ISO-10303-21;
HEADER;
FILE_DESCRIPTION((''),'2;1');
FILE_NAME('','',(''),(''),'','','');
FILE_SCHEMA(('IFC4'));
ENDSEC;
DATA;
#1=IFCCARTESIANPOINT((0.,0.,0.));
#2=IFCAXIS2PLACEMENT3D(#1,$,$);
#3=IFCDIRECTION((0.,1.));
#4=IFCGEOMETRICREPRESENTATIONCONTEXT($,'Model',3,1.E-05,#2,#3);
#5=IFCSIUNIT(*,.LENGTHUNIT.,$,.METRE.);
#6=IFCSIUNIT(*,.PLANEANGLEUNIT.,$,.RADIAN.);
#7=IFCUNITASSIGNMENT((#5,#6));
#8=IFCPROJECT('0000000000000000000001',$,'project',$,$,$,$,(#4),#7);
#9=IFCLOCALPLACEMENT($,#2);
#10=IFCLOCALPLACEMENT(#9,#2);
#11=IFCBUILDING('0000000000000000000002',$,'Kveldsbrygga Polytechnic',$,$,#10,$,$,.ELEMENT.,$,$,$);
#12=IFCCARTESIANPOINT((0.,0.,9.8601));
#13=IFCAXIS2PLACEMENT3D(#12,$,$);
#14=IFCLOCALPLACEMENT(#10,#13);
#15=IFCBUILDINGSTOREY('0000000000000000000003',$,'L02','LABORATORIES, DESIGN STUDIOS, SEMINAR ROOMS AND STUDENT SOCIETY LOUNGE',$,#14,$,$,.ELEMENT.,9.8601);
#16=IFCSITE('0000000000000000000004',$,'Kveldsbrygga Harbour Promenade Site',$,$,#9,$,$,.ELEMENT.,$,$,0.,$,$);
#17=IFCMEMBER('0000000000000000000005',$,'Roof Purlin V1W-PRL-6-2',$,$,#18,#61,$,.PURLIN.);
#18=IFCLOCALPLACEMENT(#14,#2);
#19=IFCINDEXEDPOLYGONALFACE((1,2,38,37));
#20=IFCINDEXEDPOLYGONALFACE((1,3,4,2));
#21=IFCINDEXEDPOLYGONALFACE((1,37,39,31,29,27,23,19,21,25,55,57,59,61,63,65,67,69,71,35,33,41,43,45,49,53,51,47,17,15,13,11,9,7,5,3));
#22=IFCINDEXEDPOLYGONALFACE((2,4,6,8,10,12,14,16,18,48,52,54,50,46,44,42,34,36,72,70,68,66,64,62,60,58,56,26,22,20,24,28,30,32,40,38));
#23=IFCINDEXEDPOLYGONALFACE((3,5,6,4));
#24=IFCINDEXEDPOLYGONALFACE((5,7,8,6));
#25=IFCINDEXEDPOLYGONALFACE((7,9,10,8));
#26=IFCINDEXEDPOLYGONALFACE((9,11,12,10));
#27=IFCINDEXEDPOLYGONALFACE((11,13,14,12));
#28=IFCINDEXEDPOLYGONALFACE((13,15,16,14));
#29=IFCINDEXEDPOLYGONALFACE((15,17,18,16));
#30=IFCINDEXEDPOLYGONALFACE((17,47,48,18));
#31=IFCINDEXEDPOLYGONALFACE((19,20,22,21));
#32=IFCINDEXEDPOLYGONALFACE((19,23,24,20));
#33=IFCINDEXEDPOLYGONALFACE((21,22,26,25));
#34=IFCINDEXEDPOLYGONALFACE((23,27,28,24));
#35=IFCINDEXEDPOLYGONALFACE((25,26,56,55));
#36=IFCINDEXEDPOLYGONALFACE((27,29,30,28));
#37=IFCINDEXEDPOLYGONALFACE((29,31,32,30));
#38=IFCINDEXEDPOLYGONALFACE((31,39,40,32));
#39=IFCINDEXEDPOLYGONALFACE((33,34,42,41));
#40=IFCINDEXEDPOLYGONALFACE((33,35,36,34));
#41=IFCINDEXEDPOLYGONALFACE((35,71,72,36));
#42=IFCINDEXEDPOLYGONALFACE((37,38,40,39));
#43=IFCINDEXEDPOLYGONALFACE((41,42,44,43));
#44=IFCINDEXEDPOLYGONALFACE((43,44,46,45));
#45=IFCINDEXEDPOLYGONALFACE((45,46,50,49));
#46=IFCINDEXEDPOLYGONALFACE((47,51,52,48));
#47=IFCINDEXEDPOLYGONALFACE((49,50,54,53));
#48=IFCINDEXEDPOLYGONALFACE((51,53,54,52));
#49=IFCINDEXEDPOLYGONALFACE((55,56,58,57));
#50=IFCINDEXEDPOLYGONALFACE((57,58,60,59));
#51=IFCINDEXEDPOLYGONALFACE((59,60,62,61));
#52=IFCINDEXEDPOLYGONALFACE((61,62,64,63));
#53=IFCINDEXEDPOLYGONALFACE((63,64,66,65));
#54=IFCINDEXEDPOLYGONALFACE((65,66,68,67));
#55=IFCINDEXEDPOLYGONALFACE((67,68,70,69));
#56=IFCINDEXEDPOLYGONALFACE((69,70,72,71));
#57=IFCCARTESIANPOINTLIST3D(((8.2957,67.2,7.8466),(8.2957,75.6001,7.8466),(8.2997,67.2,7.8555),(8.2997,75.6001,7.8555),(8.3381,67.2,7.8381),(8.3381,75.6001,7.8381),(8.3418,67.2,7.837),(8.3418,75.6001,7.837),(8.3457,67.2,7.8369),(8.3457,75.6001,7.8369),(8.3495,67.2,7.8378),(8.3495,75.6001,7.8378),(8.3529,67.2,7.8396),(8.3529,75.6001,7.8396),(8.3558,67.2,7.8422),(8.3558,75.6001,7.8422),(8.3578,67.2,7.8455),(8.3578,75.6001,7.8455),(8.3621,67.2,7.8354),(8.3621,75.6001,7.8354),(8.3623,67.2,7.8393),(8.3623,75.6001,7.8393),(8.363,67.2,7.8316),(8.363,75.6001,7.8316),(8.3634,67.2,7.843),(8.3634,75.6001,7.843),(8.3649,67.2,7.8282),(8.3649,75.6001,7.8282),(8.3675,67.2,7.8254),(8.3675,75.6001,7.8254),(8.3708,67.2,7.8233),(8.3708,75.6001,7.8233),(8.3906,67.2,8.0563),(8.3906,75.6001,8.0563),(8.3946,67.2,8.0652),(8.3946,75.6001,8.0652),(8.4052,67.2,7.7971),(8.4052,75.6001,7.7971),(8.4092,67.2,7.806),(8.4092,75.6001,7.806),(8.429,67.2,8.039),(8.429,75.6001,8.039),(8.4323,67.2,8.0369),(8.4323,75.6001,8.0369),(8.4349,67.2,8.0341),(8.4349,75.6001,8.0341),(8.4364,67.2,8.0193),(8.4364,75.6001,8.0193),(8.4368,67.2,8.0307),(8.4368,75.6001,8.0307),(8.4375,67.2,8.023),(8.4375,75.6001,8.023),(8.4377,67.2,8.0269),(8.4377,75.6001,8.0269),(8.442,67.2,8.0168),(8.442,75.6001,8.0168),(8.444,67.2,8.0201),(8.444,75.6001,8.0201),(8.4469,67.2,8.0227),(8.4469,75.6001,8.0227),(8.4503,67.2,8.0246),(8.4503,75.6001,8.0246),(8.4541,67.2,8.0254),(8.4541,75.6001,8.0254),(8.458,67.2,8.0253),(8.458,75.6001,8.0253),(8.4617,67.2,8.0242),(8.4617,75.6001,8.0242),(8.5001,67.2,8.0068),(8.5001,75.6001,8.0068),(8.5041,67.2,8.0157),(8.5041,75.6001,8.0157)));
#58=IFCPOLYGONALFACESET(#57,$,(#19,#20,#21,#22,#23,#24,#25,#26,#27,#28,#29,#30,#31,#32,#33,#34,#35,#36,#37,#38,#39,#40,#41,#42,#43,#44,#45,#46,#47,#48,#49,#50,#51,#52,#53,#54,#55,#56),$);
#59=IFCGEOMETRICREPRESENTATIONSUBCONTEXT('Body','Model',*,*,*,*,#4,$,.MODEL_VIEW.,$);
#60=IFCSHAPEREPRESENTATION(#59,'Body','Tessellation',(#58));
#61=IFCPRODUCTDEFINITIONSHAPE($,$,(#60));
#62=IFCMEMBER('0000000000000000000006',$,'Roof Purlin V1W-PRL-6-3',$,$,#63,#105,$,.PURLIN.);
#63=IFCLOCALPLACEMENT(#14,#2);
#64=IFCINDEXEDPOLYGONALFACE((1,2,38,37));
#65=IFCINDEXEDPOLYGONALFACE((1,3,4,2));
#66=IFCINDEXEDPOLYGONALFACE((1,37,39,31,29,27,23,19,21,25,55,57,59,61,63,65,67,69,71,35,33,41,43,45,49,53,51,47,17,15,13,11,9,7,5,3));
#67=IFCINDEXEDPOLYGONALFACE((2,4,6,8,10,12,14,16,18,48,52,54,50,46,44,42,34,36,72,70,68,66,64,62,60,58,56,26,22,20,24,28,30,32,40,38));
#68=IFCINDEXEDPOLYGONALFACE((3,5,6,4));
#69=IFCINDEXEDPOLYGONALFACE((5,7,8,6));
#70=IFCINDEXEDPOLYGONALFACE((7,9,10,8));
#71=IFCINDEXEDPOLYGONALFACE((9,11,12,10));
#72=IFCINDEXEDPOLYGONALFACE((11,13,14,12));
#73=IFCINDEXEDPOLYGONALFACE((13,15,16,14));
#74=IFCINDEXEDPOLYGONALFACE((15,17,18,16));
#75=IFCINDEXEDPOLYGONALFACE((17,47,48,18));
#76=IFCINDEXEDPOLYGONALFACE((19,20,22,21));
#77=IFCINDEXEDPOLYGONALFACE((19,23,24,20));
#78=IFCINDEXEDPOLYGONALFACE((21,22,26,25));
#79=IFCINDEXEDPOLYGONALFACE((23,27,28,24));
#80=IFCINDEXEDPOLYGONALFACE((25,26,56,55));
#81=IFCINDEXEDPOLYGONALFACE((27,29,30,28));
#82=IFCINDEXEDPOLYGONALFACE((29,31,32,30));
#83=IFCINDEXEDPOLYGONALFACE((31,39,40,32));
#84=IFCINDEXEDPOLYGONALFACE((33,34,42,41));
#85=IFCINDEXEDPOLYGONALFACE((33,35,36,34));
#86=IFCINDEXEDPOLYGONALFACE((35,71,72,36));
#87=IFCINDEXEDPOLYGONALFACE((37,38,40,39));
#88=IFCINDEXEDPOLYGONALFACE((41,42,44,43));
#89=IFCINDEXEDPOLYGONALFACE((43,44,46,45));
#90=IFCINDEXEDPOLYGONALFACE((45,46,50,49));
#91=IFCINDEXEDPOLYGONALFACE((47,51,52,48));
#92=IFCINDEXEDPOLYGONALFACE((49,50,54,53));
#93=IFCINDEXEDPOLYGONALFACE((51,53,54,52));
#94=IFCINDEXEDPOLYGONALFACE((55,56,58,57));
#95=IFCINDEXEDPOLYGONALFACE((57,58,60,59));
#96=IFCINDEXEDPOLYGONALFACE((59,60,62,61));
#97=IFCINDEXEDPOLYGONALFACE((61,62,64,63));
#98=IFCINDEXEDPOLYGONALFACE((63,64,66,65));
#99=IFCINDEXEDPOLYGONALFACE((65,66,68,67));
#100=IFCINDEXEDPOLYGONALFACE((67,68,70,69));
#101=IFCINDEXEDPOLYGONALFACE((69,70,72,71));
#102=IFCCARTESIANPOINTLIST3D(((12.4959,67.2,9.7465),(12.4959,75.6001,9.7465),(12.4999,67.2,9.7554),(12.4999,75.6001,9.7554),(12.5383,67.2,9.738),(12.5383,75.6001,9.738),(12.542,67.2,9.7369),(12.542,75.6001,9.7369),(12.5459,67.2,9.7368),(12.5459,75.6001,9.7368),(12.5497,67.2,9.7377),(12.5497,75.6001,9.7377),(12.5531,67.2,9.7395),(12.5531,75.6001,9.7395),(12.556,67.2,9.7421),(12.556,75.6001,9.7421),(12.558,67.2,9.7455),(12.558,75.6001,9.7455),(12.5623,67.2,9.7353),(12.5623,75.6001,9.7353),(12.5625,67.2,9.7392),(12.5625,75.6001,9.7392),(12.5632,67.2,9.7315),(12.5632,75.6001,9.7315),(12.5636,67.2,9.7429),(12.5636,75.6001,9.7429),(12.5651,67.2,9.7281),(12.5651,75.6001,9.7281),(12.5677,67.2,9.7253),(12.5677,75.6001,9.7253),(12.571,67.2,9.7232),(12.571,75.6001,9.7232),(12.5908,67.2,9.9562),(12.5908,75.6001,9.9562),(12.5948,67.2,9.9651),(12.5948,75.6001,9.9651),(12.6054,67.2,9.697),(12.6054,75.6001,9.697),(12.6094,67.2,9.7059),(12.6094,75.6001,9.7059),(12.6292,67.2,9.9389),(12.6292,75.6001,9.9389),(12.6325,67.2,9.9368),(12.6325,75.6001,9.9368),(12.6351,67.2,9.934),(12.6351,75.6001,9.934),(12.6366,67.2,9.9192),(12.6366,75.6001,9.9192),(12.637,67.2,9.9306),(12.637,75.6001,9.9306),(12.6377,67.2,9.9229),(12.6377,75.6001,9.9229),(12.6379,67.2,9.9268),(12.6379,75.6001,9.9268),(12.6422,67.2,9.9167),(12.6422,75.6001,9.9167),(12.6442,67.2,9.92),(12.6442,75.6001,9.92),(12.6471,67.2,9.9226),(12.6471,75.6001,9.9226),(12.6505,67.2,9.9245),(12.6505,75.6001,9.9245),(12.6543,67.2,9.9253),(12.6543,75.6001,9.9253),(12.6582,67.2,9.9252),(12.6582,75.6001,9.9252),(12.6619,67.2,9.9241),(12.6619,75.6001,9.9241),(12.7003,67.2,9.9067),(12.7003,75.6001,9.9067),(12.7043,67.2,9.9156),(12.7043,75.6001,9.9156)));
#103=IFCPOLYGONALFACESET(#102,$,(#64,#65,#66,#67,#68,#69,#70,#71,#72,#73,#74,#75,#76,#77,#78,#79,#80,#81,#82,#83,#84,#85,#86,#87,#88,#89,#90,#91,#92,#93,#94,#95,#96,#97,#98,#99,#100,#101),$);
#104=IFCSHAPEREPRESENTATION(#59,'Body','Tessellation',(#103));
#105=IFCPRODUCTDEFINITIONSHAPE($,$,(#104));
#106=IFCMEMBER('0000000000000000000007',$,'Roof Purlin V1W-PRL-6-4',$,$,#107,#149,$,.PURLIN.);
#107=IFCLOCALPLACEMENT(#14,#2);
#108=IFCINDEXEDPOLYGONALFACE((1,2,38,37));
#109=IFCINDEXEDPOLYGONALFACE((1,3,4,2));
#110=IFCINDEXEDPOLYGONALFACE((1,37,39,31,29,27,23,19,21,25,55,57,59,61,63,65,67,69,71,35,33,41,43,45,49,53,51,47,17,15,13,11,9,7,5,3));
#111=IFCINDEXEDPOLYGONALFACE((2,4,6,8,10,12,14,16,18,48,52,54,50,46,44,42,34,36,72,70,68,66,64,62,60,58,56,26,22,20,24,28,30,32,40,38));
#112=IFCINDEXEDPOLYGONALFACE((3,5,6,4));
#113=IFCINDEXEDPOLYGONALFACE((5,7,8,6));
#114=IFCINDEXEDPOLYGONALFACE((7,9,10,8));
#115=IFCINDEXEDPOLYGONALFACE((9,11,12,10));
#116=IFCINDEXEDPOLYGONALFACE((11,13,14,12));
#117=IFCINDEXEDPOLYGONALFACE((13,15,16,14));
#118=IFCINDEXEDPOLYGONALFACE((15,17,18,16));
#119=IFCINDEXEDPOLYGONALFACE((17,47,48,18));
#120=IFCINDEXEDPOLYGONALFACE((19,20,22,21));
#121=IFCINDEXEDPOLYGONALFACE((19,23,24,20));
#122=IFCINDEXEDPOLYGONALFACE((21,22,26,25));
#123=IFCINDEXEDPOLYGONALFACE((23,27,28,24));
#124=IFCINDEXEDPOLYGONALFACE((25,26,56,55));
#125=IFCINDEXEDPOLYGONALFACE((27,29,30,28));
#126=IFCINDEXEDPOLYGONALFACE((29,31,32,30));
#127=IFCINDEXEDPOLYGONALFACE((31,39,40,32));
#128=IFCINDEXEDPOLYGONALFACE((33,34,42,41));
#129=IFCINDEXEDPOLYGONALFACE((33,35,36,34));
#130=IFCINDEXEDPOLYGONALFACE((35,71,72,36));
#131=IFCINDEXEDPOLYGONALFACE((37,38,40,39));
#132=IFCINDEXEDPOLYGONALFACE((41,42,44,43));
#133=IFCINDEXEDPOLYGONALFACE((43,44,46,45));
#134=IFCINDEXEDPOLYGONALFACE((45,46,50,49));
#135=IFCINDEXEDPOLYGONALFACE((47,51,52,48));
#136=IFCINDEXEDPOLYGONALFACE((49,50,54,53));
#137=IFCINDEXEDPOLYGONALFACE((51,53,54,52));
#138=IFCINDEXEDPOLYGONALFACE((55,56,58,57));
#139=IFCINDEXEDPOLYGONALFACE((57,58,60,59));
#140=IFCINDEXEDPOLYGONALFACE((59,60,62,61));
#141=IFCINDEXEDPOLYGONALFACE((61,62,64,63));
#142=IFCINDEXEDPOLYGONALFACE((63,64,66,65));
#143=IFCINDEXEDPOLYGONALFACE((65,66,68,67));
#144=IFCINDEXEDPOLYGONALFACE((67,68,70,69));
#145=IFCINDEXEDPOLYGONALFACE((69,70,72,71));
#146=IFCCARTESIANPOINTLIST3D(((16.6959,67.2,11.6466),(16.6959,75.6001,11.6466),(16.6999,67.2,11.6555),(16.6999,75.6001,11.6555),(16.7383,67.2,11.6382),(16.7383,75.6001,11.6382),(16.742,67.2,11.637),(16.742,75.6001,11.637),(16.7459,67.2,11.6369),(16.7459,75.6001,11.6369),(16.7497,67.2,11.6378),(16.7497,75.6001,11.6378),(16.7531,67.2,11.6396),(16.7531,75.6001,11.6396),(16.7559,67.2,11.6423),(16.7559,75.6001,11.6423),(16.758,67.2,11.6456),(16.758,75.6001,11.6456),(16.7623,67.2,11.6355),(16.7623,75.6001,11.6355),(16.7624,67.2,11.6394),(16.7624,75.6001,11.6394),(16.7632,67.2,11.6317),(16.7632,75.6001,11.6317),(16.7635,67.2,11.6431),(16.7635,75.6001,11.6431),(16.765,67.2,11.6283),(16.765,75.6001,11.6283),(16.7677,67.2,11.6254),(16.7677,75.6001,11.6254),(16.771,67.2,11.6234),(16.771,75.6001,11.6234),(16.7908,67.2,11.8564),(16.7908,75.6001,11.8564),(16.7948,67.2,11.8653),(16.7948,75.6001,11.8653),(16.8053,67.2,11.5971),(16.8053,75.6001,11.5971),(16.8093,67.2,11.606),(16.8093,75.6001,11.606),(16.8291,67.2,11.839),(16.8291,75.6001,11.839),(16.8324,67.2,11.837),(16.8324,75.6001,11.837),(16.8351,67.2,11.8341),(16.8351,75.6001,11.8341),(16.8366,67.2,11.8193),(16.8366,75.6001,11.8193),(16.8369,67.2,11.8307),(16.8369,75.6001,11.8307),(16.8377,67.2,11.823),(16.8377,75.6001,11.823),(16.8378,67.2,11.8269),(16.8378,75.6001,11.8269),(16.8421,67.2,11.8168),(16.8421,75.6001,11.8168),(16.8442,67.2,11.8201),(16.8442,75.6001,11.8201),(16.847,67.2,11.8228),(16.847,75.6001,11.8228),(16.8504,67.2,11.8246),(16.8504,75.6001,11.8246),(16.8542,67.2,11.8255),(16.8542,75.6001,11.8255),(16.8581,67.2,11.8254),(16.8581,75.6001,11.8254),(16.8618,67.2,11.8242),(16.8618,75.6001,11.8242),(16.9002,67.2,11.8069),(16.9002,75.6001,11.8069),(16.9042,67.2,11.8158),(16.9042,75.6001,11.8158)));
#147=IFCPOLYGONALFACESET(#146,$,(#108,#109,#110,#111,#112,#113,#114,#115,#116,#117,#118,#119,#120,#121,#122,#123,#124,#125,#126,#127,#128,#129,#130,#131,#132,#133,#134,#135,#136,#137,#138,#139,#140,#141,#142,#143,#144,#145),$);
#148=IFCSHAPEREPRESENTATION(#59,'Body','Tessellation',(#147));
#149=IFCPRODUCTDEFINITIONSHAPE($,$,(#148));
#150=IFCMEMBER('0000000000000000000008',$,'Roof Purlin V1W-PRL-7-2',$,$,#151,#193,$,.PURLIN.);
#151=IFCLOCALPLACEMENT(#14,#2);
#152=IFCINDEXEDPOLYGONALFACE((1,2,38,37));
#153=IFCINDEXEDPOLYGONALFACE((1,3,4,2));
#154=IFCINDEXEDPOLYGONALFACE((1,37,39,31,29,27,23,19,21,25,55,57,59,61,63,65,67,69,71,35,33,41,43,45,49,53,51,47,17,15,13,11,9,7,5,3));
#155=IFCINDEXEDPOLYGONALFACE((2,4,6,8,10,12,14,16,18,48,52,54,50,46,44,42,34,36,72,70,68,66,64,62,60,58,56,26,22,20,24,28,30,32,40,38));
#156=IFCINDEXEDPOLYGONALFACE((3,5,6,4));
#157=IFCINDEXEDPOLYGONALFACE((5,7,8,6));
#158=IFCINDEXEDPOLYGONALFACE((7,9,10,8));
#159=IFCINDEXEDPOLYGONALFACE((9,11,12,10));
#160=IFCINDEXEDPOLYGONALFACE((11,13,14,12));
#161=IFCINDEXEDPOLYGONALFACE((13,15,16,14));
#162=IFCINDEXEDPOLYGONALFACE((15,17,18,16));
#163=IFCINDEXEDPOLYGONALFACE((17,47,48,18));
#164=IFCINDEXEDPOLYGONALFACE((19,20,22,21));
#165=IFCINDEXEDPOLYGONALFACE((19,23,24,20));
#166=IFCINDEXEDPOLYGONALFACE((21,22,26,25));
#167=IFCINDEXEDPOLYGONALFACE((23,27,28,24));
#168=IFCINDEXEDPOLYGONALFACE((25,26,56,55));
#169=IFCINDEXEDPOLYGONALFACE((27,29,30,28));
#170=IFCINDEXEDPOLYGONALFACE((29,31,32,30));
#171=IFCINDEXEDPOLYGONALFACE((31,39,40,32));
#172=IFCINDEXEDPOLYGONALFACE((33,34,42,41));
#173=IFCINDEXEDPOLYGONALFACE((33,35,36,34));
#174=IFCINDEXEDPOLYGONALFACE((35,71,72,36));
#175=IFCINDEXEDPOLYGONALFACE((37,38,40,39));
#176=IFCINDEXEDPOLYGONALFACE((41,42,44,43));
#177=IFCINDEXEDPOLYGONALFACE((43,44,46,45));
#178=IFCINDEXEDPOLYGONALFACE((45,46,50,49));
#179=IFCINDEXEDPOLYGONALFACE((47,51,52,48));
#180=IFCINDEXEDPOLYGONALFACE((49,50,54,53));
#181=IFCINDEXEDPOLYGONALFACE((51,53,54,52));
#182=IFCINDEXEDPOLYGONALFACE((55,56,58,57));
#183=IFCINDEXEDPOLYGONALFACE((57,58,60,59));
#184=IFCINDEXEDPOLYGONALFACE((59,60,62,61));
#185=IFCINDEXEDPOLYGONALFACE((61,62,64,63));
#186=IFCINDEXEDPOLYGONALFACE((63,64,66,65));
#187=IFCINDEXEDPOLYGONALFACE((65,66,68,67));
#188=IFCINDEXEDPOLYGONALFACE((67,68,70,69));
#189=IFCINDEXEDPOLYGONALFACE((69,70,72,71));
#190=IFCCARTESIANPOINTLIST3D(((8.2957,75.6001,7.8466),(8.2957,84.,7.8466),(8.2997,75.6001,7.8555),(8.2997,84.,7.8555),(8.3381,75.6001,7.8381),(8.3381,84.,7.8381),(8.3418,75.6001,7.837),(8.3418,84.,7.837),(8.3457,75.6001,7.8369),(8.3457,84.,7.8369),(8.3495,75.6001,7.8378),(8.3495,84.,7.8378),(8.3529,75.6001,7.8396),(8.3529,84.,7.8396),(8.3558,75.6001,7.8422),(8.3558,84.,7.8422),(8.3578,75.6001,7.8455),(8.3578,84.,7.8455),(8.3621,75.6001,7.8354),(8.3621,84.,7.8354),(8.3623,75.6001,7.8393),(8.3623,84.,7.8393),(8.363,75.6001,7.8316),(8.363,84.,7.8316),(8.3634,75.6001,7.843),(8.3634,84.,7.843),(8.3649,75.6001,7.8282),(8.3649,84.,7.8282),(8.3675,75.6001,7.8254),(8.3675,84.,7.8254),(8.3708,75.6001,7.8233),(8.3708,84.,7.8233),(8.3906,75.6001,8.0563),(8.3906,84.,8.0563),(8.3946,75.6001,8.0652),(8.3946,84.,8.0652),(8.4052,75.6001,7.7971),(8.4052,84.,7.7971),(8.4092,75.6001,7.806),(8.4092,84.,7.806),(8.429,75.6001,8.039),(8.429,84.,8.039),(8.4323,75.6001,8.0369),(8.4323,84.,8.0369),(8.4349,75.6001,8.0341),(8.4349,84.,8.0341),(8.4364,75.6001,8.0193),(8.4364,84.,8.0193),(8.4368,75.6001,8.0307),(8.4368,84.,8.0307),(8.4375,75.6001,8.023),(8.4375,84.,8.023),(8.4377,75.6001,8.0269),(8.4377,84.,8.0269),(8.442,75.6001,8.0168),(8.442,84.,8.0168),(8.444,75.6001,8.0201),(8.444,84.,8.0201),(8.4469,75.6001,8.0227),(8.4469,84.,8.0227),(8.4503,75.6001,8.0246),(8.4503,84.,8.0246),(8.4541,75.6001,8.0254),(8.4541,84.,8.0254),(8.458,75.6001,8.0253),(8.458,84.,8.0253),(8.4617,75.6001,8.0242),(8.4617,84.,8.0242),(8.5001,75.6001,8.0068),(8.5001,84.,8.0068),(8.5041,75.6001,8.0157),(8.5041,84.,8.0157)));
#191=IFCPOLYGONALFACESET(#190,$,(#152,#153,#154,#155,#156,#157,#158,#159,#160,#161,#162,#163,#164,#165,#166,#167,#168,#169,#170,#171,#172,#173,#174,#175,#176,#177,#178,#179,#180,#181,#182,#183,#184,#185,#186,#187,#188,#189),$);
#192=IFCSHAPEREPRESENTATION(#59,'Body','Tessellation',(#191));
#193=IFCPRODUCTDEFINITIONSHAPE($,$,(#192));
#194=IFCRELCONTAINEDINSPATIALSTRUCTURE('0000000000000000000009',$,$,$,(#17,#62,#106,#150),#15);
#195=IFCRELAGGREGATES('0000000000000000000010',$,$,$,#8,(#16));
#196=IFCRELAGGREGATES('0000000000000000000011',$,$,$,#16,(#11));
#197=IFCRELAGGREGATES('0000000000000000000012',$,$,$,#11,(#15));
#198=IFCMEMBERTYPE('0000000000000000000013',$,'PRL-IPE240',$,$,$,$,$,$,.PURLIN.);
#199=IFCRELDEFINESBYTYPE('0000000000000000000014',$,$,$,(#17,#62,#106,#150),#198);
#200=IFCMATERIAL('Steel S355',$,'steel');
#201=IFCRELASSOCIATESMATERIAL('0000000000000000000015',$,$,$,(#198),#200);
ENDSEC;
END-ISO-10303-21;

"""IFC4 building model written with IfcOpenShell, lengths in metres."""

from ifc_helpers import new_model, si_unit, direction, frame, origin, origin_2d, place, context, subcontext, project, spatial, i_section, extrude, material, material_profile, profile_set, type_object, element, save


model = new_model("IFC4")

# Units and contexts
model_context = context("Model", 3, precision=1e-05, world=origin(), true_north=direction((0.0, 1.0)))
body_context = subcontext(model_context, "Body", "Model", "MODEL_VIEW")
ifc_project = project(units=[si_unit("LENGTHUNIT", "METRE"), si_unit("PLANEANGLEUNIT", "RADIAN")], contexts=[model_context])

# Site, building, storey
site_placement = place(None, origin())
site = spatial("IfcSite", under=ifc_project, at=site_placement, Name="Kveldsbrygga Harbour Promenade Site", CompositionType="ELEMENT", RefElevation=0.0)
building_placement = place(site_placement, origin())
building = spatial("IfcBuilding", under=site, at=building_placement, Name="Kveldsbrygga Polytechnic", CompositionType="ELEMENT")
storey_placement = place(building_placement, frame((0.0, 0.0, 9.8601)))
storey = spatial("IfcBuildingStorey", under=building, at=storey_placement, Name="L02", Description="LABORATORIES, DESIGN STUDIOS, SEMINAR ROOMS AND STUDENT SOCIETY LOUNGE", CompositionType="ELEMENT", Elevation=9.8601)

# Members
ifc_material_1 = material(Name="Steel S355", Category="steel")
ifc_material_profile_1 = material_profile(ifc_material_1, i_section(OverallWidth=0.1201, OverallDepth=0.24, WebThickness=0.0061, FlangeThickness=0.0098, FilletRadius=0.0149, at=origin_2d()), Name="IPE 240")
ifc_profile_set_1 = profile_set([ifc_material_profile_1], Name="Steel S355")
member_type_1 = type_object("IfcMemberType", Name="PRL-IPE240", PredefinedType="PURLIN", material=ifc_profile_set_1)
for number, where, z_axis, x_axis, name in (
    (1, (8.3999, 67.2, 7.9312), (0.0, 1.0, 0.0), (-0.911108, 0.0, 0.412168), "Roof Purlin V1W-PRL-6-2"),
    (2, (12.6001, 67.2, 9.8311), (0.0, 1.0, 0.0), (-0.911108, 0.0, 0.412168), "Roof Purlin V1W-PRL-6-3"),
    (3, (16.8, 67.2, 11.7312), (0.0, 1.0, 0.0), (-0.911108, 0.0, 0.412168), "Roof Purlin V1W-PRL-6-4"),
):
    element("IfcMember", number, at=place(storey_placement, frame(where, z_axis=z_axis, x_axis=x_axis)), inside=storey, type_object=member_type_1, Name=name, PredefinedType="PURLIN", context=body_context, shape_type="SweptSolid", body=[
        extrude(i_section(OverallWidth=0.1201, OverallDepth=0.24, WebThickness=0.0061, FlangeThickness=0.0098, FilletRadius=0.0149, at=origin_2d()), origin(), (0.0, 0.0, 1.0), 8.4001),
    ])
member_1_placement = place(storey_placement, frame((8.3999, 75.6001, 7.9312), z_axis=(0.0, 1.0, 0.0), x_axis=(-0.911108, 0.0, 0.412168)))
element("IfcMember", 4, at=member_1_placement, inside=storey, type_object=member_type_1, Name="Roof Purlin V1W-PRL-7-2", PredefinedType="PURLIN", context=body_context, shape_type="SweptSolid", body=[
    extrude(i_section(OverallWidth=0.1201, OverallDepth=0.24, WebThickness=0.0061, FlangeThickness=0.0098, FilletRadius=0.0149, at=origin_2d()), origin(), (0.0, 0.0, 1.0), 8.3999),
])

save(model, "model.ifc")
